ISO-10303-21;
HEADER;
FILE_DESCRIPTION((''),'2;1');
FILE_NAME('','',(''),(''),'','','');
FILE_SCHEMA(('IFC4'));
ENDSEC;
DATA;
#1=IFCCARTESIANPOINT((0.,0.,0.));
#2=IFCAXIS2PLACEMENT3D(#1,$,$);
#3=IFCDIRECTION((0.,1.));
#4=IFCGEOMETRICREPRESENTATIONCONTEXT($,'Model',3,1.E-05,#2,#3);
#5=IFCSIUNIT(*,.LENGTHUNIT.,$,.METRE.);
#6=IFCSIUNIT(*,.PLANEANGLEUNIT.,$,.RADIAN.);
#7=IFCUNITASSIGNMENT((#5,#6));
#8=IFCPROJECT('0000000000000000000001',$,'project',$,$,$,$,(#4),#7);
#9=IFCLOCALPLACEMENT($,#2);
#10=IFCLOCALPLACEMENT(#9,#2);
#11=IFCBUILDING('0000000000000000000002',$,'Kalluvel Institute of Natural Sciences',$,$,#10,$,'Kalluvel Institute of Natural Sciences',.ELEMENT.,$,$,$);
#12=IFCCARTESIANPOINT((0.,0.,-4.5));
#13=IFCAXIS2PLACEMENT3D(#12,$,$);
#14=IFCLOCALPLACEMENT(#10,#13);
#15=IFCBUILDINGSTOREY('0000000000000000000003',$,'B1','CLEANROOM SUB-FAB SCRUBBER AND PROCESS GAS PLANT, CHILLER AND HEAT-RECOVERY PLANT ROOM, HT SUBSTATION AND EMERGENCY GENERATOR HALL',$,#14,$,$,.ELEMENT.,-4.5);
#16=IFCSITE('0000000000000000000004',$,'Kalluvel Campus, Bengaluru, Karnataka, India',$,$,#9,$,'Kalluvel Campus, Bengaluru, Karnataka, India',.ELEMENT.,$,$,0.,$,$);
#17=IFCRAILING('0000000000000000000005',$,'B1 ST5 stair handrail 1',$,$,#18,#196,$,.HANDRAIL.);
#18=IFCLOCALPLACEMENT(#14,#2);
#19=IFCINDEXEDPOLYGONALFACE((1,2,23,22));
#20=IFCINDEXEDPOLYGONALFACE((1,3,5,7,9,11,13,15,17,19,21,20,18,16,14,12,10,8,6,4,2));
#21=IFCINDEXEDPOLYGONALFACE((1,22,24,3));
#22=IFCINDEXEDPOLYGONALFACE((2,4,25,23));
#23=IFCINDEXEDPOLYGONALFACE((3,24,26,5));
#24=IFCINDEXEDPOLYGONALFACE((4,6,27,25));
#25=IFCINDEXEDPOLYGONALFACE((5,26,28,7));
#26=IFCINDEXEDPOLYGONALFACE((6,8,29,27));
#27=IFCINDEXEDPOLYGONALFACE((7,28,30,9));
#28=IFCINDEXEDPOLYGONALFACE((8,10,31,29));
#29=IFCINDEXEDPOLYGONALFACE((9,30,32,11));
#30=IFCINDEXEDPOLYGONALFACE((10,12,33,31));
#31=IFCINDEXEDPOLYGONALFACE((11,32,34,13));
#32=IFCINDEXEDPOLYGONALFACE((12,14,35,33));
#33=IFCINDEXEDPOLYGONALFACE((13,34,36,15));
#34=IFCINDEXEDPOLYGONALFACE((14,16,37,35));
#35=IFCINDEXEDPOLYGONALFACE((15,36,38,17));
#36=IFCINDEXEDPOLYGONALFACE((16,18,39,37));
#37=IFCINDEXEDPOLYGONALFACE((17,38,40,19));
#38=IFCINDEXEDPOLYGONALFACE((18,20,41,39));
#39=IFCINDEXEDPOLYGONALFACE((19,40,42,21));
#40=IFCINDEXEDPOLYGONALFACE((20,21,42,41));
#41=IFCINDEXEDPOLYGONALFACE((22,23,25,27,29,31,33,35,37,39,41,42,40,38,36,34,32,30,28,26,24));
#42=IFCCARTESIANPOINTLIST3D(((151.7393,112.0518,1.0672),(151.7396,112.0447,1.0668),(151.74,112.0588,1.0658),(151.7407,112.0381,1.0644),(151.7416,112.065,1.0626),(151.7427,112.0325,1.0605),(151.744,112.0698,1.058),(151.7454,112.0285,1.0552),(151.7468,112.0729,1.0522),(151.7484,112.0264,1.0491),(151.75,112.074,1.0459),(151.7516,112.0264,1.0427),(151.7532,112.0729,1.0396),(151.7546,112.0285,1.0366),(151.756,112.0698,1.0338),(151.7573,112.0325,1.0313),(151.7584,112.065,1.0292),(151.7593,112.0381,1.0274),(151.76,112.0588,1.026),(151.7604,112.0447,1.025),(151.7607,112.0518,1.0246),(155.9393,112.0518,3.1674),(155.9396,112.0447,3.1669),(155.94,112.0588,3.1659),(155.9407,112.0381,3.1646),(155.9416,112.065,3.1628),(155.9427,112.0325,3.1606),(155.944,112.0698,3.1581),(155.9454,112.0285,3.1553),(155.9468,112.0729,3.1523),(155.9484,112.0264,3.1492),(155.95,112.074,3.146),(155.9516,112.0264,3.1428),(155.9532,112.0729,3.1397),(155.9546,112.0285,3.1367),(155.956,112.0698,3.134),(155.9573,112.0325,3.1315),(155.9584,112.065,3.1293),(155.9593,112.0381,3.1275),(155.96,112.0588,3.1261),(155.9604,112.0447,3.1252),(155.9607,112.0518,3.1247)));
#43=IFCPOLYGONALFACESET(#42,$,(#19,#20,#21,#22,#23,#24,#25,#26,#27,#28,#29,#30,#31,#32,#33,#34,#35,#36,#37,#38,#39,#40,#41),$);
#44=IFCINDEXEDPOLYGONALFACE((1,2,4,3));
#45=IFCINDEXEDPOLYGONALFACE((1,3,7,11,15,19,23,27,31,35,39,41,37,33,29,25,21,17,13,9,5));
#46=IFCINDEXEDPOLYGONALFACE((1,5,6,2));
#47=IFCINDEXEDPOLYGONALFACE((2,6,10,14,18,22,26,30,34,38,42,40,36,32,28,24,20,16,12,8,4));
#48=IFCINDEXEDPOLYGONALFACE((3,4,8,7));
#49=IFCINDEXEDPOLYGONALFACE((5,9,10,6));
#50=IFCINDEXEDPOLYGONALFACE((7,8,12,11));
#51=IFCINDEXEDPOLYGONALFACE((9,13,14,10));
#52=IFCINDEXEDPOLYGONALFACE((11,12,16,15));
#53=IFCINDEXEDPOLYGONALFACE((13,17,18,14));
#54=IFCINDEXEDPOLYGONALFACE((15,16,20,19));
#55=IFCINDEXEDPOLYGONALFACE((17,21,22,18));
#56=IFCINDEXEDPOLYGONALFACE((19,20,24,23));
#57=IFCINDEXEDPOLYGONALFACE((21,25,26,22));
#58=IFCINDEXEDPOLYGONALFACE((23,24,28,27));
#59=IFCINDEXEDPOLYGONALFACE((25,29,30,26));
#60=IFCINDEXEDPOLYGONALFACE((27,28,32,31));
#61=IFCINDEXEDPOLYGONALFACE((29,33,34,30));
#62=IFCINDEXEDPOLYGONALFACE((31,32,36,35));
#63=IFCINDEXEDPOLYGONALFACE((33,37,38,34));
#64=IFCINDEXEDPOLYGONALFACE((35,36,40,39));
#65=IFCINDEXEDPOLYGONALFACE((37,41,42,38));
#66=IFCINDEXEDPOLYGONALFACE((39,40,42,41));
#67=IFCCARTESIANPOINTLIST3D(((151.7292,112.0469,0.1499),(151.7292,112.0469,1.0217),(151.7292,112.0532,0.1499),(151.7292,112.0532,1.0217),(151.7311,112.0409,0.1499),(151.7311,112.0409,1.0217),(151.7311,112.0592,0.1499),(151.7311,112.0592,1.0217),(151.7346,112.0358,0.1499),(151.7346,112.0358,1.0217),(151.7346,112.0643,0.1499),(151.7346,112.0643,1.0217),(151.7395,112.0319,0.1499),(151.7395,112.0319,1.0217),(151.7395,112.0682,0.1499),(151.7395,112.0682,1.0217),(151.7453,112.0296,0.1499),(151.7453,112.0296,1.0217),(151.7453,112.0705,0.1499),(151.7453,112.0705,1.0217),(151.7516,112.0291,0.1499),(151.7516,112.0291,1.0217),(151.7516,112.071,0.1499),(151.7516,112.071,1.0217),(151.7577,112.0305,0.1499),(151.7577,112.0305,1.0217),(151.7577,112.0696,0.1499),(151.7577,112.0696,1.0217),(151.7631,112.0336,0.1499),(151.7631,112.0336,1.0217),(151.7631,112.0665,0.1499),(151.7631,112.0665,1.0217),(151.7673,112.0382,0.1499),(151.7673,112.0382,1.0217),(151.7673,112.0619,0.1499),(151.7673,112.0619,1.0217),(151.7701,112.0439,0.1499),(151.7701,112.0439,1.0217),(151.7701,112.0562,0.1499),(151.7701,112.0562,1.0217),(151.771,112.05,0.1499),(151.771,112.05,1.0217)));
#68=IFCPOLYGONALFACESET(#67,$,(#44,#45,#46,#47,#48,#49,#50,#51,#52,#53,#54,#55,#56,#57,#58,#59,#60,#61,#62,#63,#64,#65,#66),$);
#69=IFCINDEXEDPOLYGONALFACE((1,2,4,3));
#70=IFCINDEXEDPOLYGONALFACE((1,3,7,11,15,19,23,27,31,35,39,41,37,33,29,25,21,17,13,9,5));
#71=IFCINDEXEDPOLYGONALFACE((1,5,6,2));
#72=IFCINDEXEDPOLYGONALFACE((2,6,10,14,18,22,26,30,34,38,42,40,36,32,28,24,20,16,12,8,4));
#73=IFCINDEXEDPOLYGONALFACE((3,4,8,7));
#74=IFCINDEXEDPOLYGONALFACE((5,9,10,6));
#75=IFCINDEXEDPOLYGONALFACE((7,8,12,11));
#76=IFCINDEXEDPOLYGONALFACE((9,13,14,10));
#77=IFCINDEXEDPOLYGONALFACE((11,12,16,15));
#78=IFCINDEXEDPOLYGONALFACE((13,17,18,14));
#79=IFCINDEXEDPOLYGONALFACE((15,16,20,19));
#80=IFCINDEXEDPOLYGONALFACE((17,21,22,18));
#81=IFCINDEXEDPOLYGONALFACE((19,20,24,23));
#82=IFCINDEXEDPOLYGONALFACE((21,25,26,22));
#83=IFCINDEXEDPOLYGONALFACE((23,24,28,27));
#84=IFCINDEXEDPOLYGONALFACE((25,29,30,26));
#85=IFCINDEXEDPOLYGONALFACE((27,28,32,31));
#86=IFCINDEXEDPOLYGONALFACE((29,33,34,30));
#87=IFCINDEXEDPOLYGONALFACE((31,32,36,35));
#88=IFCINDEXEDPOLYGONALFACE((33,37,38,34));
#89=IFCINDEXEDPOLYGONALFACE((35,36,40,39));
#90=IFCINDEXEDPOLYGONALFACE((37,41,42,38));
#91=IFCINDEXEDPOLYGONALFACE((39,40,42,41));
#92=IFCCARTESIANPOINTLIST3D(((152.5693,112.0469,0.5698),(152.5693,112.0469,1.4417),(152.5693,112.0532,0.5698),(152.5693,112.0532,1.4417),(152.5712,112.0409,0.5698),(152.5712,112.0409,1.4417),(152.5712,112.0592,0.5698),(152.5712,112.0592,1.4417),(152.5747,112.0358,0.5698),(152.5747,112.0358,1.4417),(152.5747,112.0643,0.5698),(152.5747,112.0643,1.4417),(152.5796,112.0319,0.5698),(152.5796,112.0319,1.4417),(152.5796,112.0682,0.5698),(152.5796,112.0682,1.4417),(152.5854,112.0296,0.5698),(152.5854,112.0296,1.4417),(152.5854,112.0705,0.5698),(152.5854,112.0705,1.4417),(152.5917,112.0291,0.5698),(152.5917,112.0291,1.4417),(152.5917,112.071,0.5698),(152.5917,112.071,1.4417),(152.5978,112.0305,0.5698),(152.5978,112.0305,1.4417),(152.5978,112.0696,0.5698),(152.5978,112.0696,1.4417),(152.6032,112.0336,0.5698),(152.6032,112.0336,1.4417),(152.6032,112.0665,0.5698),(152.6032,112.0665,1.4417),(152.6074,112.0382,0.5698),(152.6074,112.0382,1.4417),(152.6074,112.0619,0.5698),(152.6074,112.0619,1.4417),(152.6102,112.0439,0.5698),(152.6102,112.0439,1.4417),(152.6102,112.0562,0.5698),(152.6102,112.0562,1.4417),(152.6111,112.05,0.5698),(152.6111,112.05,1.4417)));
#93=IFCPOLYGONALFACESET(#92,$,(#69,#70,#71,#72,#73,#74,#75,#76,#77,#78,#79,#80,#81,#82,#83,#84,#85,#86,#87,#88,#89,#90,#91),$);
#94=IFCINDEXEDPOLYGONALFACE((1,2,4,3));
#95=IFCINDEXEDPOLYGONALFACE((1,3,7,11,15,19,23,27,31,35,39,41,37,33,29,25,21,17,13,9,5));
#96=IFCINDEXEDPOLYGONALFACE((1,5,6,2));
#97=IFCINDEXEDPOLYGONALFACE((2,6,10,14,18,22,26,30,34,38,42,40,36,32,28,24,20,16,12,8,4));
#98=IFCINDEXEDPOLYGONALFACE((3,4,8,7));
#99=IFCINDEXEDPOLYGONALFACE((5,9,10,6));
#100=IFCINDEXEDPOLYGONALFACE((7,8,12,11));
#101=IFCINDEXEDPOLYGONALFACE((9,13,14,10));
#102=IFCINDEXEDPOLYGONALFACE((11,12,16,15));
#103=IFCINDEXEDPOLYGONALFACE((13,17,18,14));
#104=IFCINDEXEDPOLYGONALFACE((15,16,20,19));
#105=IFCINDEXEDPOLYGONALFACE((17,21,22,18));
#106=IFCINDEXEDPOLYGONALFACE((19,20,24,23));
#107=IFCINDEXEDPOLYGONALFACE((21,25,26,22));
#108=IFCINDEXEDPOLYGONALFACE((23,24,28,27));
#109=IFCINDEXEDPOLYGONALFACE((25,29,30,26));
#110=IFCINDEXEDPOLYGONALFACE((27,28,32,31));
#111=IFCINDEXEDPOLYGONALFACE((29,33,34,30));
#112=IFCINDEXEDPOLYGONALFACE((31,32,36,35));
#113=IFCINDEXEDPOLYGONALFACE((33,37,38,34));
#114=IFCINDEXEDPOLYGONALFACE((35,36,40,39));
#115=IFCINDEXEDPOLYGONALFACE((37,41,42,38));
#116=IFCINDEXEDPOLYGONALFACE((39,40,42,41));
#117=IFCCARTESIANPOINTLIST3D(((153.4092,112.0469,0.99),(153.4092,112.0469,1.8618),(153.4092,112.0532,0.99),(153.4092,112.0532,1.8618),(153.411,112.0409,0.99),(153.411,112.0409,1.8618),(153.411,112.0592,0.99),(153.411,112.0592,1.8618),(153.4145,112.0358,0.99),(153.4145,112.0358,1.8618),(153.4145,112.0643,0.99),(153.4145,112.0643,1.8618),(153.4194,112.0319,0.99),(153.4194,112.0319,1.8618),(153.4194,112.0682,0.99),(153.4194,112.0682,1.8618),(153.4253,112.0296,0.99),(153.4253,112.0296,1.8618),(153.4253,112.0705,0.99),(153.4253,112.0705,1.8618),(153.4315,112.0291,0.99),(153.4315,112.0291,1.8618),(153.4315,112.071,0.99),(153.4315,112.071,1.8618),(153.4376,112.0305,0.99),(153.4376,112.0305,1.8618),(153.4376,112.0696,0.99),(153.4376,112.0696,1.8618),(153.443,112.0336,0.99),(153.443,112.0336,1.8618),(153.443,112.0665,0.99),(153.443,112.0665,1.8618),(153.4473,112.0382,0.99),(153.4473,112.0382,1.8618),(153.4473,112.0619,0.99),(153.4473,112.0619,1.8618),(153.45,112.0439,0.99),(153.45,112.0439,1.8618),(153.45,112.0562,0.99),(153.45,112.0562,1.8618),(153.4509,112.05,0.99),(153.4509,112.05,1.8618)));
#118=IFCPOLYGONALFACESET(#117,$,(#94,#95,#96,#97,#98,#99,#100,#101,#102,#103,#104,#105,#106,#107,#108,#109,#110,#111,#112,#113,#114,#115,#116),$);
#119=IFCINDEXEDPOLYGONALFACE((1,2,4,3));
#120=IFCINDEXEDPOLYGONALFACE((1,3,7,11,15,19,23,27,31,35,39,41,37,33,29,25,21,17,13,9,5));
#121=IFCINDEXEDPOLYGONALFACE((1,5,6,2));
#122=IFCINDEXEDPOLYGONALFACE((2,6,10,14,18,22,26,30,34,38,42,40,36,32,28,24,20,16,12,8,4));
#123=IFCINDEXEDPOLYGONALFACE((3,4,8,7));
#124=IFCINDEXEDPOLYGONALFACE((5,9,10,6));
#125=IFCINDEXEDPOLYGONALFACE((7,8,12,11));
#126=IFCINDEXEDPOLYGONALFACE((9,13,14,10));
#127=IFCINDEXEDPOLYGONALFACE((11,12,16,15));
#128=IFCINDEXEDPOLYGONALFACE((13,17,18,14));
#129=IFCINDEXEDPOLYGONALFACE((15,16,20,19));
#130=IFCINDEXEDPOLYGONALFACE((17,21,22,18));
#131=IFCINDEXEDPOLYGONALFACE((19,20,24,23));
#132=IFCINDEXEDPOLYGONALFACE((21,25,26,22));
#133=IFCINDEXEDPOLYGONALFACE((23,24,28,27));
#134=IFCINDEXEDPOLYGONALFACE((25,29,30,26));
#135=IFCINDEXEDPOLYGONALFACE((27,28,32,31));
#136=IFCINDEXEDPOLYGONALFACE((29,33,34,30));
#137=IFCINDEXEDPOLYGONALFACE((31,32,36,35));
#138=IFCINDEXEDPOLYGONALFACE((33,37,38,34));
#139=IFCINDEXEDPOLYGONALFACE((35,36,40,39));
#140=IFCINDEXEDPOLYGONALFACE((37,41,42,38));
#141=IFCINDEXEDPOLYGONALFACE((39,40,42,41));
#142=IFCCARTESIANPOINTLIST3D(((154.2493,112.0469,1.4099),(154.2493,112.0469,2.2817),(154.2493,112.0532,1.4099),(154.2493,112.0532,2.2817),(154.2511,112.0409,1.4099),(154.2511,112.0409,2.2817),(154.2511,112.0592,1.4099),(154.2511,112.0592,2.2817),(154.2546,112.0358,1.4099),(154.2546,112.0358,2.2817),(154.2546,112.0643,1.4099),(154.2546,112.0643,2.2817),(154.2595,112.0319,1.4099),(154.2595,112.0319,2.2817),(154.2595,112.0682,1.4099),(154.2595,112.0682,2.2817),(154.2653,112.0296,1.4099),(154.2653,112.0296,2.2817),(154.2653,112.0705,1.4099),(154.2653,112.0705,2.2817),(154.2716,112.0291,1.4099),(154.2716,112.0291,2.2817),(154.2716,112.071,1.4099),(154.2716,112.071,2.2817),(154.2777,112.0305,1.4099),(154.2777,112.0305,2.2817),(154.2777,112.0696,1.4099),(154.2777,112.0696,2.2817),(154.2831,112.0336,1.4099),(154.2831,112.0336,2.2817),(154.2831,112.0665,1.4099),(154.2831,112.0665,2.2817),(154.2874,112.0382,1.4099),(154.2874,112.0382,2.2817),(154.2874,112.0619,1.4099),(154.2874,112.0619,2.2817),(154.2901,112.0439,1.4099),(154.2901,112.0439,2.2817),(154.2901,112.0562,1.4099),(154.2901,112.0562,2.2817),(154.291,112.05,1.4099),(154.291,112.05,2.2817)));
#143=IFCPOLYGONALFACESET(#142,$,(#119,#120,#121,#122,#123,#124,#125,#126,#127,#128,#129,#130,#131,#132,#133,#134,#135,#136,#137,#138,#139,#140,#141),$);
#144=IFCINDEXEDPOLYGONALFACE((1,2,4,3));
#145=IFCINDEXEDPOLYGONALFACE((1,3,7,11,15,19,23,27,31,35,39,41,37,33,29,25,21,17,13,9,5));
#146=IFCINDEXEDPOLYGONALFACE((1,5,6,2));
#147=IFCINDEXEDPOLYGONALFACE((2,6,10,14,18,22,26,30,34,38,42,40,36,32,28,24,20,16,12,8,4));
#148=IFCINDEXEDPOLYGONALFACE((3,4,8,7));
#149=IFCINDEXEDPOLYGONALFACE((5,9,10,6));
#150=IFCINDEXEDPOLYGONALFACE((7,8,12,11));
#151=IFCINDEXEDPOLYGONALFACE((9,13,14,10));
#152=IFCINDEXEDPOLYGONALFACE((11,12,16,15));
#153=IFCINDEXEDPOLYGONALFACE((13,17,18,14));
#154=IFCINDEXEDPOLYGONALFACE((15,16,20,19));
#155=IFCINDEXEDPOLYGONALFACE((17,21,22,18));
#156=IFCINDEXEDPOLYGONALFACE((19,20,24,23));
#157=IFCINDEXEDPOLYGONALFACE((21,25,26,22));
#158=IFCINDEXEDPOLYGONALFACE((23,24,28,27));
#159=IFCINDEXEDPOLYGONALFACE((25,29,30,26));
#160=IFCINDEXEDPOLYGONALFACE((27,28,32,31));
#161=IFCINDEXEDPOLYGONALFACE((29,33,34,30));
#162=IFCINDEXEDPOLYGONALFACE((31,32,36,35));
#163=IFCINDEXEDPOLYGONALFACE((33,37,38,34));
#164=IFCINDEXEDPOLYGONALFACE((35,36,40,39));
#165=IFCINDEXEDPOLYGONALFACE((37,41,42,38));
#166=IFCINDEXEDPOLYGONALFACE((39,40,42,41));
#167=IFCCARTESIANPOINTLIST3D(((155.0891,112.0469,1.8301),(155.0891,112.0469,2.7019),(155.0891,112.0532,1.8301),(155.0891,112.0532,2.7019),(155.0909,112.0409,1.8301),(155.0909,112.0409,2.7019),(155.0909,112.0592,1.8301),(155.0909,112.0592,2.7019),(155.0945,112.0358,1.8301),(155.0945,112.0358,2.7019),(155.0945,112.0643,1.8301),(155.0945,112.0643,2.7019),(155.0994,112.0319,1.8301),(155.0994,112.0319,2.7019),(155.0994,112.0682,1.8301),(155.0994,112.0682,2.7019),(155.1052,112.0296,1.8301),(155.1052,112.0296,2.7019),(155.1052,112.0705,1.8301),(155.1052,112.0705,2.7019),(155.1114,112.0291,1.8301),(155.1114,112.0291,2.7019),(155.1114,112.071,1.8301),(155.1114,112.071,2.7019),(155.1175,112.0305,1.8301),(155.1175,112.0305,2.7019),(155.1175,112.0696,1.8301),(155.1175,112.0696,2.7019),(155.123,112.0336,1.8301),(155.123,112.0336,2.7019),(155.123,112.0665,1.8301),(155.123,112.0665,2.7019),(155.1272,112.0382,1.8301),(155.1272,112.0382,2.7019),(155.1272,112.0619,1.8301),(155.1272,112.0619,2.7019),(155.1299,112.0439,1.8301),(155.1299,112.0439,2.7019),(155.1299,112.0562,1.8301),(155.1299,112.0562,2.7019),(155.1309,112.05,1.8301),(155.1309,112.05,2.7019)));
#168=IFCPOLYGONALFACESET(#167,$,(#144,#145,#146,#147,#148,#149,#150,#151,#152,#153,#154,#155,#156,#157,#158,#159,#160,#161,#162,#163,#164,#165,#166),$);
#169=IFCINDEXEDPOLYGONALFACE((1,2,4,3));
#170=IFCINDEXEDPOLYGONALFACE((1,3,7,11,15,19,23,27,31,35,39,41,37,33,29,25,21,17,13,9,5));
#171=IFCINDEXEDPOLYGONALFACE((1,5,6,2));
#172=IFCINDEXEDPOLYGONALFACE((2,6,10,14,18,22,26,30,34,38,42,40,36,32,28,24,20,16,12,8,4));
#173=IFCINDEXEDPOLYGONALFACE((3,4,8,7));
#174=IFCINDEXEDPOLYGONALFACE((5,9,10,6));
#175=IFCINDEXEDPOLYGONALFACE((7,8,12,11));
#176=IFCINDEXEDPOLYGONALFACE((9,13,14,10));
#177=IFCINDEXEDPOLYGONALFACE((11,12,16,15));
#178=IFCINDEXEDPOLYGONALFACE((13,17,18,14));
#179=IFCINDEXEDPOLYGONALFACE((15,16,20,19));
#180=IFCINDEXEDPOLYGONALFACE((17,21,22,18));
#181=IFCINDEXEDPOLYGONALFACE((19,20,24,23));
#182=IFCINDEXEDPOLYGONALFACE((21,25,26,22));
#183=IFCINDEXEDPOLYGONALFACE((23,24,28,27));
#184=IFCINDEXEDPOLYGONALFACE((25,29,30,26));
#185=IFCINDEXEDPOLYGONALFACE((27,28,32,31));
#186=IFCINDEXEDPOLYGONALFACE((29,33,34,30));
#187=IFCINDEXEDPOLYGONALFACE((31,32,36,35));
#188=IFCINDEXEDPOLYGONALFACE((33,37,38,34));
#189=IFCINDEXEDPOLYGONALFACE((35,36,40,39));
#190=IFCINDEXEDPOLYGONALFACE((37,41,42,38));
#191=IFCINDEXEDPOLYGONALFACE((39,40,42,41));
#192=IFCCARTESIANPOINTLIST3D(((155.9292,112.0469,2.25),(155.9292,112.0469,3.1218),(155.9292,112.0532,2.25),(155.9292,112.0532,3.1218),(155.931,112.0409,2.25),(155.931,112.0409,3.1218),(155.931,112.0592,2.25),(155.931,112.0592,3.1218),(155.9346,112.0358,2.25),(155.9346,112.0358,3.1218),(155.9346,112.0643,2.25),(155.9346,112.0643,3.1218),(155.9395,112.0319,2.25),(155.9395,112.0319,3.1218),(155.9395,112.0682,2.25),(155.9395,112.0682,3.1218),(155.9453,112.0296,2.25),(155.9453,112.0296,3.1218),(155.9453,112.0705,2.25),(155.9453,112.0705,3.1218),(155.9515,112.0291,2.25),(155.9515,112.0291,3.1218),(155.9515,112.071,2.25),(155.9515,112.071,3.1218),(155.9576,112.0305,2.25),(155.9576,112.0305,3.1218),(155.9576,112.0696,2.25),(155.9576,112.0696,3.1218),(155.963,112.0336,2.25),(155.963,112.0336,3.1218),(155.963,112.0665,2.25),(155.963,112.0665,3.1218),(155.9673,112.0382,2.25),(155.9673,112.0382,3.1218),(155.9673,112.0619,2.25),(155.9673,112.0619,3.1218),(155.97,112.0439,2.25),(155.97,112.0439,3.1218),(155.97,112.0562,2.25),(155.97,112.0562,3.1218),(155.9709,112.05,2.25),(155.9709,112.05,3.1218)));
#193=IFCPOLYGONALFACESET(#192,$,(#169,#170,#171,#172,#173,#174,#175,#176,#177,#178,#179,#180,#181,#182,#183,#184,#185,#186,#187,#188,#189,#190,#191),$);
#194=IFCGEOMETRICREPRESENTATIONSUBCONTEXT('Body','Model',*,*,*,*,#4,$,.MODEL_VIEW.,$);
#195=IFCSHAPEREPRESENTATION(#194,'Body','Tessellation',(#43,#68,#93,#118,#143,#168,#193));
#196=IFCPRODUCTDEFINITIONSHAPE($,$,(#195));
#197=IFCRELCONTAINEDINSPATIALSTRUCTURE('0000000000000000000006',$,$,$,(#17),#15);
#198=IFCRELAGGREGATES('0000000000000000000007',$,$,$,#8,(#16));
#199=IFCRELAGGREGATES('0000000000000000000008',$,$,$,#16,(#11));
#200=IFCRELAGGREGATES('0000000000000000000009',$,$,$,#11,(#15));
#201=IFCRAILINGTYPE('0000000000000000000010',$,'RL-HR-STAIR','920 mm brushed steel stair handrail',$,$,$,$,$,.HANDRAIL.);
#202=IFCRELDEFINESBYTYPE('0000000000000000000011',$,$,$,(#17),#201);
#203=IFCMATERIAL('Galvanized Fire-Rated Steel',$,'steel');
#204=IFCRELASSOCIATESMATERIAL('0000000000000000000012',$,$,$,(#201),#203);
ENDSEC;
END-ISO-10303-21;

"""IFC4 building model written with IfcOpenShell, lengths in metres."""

from ifc_helpers import new_model, si_unit, direction, frame, origin, origin_2d, place, context, subcontext, project, spatial, circle, extrude, material, type_object, element, save


model = new_model("IFC4")

# Units and contexts
model_context = context("Model", 3, precision=1e-05, world=origin(), true_north=direction((0.0, 1.0)))
body_context = subcontext(model_context, "Body", "Model", "MODEL_VIEW")
ifc_project = project(units=[si_unit("LENGTHUNIT", "METRE"), si_unit("PLANEANGLEUNIT", "RADIAN")], contexts=[model_context])

# Site, building, storey
site_placement = place(None, origin())
site = spatial("IfcSite", under=ifc_project, at=site_placement, Name="Kalluvel Campus, Bengaluru, Karnataka, India", LongName="Kalluvel Campus, Bengaluru, Karnataka, India", CompositionType="ELEMENT", RefElevation=0.0)
building_placement = place(site_placement, origin())
building = spatial("IfcBuilding", under=site, at=building_placement, Name="Kalluvel Institute of Natural Sciences", LongName="Kalluvel Institute of Natural Sciences", CompositionType="ELEMENT")
storey_placement = place(building_placement, frame((0.0, 0.0, -4.5)))
storey = spatial("IfcBuildingStorey", under=building, at=storey_placement, Name="B1", Description="CLEANROOM SUB-FAB SCRUBBER AND PROCESS GAS PLANT, CHILLER AND HEAT-RECOVERY PLANT ROOM, HT SUBSTATION AND EMERGENCY GENERATOR HALL", CompositionType="ELEMENT", Elevation=-4.5)

# Shared definitions
ifc_material_1 = material(Name="Galvanized Fire-Rated Steel", Category="steel")

# Railing
railing_type_1 = type_object("IfcRailingType", Name="RL-HR-STAIR", Description="920 mm brushed steel stair handrail", PredefinedType="HANDRAIL", material=ifc_material_1)
railing_1_placement = place(storey_placement, frame((151.75, 112.05, 0.1499)))
element("IfcRailing", 1, at=railing_1_placement, inside=storey, type_object=railing_type_1, Name="B1 ST5 stair handrail 1", PredefinedType="HANDRAIL", context=body_context, shape_type="SweptSolid", body=[
    extrude(circle(Radius=0.0239, at=origin_2d()), frame((0.0, 0.0, 0.896), z_axis=(0.894417, 0.0, 0.447234), x_axis=(0.0, 1.0, 0.0)), (0.0, 0.0, 1.0), 4.6958),
    extrude(circle(Radius=0.021, at=origin_2d()), origin(), (0.0, 0.0, 1.0), 0.8718),
    extrude(circle(Radius=0.021, at=origin_2d()), frame((0.8401, 0.0, 0.4199)), (0.0, 0.0, 1.0), 0.8718),
    extrude(circle(Radius=0.021, at=origin_2d()), frame((1.6799, 0.0, 0.8401)), (0.0, 0.0, 1.0), 0.8718),
    extrude(circle(Radius=0.021, at=origin_2d()), frame((2.52, 0.0, 1.26)), (0.0, 0.0, 1.0), 0.8718),
    extrude(circle(Radius=0.021, at=origin_2d()), frame((3.3599, 0.0, 1.6802)), (0.0, 0.0, 1.0), 0.8718),
    extrude(circle(Radius=0.021, at=origin_2d()), frame((4.2, 0.0, 2.1001)), (0.0, 0.0, 1.0), 0.8718),
])

save(model, "model.ifc")
